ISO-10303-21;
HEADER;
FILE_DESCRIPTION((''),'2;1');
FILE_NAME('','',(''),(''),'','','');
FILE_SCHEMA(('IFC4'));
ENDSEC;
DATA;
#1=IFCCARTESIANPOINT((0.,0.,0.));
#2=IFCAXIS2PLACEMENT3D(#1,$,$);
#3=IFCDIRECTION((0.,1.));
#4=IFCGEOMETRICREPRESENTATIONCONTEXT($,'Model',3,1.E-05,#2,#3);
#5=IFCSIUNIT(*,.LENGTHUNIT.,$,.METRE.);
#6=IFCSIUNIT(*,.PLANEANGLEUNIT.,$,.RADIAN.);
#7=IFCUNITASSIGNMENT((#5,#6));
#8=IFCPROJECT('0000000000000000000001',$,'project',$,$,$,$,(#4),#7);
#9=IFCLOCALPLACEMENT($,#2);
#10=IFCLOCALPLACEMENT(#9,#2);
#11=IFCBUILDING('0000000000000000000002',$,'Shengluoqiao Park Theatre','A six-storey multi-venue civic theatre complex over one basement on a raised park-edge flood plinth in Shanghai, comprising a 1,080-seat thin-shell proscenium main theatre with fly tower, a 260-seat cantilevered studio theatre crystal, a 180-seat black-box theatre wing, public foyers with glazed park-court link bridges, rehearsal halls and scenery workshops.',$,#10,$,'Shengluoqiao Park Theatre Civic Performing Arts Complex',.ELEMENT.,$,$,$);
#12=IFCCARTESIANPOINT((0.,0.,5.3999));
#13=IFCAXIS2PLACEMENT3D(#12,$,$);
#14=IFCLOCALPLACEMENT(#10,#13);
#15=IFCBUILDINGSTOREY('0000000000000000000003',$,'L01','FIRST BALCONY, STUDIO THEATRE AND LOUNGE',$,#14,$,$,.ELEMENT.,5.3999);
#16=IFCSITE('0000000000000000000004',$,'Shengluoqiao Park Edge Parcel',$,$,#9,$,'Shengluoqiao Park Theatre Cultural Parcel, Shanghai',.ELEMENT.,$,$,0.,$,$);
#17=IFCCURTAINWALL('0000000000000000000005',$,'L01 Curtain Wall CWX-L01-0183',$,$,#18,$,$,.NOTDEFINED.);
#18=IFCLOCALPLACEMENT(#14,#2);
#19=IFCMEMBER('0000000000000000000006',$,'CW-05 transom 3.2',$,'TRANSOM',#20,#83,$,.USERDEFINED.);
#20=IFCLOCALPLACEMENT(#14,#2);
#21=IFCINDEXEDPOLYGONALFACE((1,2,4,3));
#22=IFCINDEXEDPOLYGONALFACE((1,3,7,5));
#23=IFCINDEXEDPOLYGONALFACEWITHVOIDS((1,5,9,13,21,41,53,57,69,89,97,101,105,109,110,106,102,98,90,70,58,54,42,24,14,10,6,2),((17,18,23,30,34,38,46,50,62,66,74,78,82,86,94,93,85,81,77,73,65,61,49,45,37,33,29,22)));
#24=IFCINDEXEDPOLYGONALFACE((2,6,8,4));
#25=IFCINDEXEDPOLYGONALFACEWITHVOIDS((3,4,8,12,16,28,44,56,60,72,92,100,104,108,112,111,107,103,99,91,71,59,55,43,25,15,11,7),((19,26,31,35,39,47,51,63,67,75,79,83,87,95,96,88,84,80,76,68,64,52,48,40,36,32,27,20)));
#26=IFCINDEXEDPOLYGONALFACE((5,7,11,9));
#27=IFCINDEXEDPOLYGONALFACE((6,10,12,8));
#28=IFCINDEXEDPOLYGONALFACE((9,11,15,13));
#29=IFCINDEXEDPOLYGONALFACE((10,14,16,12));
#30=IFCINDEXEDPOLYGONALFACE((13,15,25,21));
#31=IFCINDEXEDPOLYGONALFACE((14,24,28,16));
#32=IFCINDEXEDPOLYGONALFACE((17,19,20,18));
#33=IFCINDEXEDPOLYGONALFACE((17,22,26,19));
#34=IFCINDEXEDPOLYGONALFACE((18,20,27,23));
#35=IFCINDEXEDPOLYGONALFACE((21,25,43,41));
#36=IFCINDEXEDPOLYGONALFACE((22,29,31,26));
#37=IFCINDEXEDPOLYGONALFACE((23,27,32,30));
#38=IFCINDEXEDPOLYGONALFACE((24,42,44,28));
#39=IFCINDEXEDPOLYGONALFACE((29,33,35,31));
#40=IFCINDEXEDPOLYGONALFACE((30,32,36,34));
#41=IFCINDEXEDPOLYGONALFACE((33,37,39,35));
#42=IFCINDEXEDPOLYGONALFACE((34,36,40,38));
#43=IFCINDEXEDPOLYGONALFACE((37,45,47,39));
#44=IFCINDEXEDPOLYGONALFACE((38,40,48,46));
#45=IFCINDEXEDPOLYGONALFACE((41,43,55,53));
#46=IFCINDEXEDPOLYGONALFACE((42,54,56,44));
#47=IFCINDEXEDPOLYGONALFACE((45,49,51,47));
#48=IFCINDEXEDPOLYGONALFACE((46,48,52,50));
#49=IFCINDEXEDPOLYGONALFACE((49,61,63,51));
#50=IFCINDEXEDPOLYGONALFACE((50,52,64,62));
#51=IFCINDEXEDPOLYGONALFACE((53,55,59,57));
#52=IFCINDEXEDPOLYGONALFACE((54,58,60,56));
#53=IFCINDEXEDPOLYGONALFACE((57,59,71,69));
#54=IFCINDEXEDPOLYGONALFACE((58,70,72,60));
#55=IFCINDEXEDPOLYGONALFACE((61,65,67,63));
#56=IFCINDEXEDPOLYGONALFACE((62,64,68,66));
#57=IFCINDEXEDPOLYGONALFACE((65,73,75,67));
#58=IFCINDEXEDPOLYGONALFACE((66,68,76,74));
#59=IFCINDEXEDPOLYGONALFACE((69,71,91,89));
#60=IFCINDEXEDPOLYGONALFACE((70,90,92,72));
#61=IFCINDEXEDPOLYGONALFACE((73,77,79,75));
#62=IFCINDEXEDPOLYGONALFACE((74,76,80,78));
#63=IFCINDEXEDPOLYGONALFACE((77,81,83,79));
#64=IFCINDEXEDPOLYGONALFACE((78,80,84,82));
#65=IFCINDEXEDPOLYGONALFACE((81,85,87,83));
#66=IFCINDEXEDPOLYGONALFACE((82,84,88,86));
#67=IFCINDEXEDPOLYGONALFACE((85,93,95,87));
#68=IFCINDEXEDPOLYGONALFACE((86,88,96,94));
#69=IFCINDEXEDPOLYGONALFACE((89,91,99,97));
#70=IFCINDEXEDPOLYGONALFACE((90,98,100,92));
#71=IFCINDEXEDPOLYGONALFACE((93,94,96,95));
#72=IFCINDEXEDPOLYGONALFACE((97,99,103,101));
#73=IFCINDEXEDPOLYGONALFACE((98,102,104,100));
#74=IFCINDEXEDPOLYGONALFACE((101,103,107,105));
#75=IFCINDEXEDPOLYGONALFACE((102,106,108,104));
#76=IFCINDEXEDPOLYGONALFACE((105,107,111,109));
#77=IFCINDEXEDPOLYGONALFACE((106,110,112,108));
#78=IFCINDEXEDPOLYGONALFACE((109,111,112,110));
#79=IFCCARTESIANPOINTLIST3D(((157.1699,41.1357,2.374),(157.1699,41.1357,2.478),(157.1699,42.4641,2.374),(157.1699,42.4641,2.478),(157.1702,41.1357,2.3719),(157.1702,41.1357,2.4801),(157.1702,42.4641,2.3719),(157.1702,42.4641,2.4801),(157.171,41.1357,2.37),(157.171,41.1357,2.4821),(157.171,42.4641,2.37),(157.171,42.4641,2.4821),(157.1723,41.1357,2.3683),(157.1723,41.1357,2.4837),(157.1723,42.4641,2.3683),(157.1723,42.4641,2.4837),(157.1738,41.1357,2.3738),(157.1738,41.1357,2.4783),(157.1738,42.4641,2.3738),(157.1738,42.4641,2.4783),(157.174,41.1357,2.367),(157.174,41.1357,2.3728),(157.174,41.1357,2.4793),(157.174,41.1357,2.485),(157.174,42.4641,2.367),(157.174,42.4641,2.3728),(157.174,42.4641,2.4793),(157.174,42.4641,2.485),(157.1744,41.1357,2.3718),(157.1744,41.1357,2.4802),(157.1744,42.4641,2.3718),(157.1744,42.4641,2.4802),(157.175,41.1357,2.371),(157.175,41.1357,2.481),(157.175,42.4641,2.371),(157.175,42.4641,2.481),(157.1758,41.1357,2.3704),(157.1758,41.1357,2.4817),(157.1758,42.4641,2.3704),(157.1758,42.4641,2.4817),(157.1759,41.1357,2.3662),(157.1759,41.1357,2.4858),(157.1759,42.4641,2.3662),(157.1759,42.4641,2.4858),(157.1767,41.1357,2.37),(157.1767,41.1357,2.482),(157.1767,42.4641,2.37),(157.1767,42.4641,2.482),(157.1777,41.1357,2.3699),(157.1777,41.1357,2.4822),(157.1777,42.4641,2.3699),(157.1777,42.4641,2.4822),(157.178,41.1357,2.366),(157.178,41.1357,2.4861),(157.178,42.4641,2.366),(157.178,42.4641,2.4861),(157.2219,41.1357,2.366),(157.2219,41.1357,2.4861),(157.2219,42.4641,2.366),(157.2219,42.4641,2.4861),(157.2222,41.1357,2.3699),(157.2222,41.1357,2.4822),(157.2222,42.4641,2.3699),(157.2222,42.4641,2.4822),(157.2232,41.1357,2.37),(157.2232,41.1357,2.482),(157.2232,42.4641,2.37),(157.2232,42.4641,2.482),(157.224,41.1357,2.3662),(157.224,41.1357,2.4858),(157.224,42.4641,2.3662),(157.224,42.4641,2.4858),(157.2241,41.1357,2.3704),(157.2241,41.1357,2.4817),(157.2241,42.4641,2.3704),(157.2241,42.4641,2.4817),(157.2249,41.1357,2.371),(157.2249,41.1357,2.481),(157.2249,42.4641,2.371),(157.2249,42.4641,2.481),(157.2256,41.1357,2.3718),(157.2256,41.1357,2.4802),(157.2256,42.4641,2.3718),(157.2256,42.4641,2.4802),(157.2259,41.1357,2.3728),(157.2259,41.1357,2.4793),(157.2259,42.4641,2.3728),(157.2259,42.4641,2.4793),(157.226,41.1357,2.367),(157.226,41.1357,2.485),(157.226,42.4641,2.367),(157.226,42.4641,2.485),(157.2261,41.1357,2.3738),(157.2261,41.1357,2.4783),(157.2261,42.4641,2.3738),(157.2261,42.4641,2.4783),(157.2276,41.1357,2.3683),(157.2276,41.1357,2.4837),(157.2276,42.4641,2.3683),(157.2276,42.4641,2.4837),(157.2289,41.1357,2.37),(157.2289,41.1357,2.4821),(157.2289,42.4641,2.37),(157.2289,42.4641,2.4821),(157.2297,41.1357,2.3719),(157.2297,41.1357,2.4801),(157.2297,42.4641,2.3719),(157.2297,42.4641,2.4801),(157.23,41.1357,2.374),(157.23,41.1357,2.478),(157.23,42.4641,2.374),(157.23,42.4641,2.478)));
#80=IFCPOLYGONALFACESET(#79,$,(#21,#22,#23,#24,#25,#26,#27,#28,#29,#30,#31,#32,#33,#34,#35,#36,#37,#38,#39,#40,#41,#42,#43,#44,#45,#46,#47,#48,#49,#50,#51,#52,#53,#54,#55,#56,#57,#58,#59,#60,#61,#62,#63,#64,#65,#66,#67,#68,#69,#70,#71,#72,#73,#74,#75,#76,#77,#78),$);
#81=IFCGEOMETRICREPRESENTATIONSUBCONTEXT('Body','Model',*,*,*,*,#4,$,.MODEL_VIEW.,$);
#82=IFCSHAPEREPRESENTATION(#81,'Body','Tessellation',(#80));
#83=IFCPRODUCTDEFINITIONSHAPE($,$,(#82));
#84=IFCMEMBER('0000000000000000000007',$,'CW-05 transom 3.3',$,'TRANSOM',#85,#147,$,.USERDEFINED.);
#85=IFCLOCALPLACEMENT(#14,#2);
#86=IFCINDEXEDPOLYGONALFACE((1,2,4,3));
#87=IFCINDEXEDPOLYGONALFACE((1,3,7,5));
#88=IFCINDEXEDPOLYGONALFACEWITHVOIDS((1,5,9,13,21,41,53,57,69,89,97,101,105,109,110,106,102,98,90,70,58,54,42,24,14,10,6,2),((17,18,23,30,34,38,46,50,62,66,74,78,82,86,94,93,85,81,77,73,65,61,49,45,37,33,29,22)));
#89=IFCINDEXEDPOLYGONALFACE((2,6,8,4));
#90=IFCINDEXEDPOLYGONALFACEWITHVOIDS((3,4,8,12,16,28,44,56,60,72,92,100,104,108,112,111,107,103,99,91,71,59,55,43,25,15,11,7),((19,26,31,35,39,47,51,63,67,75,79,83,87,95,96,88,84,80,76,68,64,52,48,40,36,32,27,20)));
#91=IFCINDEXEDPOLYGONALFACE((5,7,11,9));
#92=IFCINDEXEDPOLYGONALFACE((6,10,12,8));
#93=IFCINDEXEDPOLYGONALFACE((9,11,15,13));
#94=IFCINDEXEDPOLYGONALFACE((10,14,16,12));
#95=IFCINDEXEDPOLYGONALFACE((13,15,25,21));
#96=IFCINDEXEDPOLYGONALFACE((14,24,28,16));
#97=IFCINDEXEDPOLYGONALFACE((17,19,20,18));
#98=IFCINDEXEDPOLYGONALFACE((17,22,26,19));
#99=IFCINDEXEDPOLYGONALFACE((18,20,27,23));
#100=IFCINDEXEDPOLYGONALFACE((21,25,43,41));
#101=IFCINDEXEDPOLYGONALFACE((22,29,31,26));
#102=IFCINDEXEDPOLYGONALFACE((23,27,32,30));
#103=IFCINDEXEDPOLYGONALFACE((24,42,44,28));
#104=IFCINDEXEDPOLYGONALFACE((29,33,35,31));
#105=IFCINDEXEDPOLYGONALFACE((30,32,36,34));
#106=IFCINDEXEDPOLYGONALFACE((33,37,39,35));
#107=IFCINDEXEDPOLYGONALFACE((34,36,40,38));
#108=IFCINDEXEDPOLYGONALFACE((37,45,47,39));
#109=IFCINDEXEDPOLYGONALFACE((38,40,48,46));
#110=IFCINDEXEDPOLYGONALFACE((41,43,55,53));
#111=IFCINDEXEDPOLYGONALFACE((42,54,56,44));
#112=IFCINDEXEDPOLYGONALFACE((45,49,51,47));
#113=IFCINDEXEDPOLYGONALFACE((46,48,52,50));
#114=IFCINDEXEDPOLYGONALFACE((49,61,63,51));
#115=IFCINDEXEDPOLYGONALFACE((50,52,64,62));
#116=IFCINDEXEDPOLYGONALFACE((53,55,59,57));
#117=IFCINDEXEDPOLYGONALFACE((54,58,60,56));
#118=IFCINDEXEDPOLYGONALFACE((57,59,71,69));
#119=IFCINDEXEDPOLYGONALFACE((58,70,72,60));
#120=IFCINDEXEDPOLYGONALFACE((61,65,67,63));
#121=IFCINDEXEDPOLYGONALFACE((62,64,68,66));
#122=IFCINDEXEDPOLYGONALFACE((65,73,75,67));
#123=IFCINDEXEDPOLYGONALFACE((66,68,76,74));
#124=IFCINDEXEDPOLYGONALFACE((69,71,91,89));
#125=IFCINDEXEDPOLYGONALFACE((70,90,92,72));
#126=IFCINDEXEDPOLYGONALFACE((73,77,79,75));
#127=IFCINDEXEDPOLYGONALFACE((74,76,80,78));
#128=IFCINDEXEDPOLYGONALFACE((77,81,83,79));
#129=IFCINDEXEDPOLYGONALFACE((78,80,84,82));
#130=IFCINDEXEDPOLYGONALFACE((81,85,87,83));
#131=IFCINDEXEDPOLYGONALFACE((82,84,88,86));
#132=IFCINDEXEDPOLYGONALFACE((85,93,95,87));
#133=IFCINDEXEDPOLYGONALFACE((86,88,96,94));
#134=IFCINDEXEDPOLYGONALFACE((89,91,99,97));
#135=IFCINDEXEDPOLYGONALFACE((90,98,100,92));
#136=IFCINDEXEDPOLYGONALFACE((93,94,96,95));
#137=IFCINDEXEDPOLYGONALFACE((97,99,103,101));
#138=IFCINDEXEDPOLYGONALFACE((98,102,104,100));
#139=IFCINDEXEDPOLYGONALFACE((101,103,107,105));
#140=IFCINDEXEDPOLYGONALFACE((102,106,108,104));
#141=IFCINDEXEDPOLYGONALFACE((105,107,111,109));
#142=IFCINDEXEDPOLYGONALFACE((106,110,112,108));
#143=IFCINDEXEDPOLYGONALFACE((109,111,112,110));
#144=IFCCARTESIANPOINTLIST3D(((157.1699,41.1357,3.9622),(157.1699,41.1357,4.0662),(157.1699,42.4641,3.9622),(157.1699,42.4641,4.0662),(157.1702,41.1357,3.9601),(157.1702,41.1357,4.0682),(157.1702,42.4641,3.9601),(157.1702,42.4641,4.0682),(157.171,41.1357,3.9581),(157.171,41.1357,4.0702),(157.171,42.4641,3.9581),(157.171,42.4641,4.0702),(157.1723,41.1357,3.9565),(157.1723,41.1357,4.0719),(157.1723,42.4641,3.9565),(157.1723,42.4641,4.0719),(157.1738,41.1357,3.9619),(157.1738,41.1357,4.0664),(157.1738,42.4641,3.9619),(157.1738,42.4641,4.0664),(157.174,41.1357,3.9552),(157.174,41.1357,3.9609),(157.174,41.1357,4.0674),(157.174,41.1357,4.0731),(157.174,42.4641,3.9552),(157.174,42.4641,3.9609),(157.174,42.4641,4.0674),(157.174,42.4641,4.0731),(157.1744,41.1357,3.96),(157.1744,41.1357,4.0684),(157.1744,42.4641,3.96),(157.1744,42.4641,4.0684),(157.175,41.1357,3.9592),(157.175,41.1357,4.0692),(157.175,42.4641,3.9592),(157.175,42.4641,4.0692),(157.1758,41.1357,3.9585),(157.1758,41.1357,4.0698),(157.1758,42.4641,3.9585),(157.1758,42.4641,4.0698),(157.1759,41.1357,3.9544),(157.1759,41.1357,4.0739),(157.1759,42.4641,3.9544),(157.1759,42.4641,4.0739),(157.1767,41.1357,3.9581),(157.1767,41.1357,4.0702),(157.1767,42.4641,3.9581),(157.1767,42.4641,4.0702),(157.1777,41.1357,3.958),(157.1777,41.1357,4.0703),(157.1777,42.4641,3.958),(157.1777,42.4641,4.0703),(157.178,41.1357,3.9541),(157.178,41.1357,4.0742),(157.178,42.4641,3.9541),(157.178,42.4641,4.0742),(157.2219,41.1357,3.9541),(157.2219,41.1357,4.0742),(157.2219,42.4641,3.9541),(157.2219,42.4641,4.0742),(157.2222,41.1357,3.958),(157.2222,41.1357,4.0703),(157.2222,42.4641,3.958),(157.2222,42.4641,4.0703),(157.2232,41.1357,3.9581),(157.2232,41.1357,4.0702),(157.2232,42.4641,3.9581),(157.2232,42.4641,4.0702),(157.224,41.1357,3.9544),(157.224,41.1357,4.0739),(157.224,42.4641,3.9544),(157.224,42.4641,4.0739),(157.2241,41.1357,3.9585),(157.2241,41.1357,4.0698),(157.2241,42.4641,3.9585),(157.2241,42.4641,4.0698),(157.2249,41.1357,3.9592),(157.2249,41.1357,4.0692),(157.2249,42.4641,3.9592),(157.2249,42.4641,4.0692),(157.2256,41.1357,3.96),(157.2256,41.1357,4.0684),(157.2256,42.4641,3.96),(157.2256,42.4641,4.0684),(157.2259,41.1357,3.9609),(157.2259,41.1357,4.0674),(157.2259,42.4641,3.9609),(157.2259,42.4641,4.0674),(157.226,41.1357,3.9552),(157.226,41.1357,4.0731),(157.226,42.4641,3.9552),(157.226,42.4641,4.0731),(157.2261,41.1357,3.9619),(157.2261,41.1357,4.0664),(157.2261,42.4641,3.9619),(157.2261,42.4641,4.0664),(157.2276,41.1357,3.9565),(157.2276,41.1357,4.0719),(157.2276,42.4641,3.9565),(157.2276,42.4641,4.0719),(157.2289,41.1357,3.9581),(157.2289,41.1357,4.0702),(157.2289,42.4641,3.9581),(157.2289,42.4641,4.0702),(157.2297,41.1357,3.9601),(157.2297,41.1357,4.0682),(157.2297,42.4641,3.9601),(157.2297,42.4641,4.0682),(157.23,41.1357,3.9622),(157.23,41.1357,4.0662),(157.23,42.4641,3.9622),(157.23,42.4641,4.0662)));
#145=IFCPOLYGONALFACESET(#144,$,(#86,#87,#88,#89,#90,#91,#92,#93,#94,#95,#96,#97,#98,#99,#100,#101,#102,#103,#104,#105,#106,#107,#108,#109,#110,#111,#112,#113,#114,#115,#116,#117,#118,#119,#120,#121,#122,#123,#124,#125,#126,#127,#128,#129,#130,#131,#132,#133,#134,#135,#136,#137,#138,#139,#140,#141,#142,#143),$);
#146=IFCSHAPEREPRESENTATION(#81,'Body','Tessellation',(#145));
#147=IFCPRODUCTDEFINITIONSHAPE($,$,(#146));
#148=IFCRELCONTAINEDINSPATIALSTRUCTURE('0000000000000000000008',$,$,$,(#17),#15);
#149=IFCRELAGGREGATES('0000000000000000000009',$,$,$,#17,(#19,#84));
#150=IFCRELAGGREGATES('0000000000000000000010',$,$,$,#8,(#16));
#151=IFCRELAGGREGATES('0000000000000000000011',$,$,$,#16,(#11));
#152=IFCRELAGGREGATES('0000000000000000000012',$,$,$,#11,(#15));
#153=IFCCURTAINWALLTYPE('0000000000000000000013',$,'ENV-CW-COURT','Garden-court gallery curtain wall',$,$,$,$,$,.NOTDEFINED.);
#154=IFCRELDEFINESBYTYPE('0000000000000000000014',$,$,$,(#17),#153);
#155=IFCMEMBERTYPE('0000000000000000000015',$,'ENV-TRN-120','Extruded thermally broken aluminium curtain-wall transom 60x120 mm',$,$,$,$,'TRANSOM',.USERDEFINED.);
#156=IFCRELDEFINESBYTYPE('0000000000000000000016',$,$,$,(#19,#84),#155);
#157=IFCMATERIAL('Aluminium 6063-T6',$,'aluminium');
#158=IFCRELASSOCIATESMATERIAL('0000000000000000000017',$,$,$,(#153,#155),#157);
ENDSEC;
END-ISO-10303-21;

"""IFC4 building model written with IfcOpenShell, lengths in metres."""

from ifc_helpers import new_model, si_unit, direction, frame, origin, origin_2d, place, context, subcontext, project, spatial, hollow_rectangle, extrude, material, material_profile, profile_set, type_object, element, aggregate, save


model = new_model("IFC4")

# Units and contexts
model_context = context("Model", 3, precision=1e-05, world=origin(), true_north=direction((0.0, 1.0)))
body_context = subcontext(model_context, "Body", "Model", "MODEL_VIEW")
ifc_project = project(units=[si_unit("LENGTHUNIT", "METRE"), si_unit("PLANEANGLEUNIT", "RADIAN")], contexts=[model_context])

# Site, building, storey
site_placement = place(None, origin())
site = spatial("IfcSite", under=ifc_project, at=site_placement, Name="Shengluoqiao Park Edge Parcel", LongName="Shengluoqiao Park Theatre Cultural Parcel, Shanghai", CompositionType="ELEMENT", RefElevation=0.0)
building_placement = place(site_placement, origin())
building = spatial("IfcBuilding", under=site, at=building_placement, Name="Shengluoqiao Park Theatre", Description="A six-storey multi-venue civic theatre complex over one basement on a raised park-edge flood plinth in Shanghai, comprising a 1,080-seat thin-shell proscenium main theatre with fly tower, a 260-seat cantilevered studio theatre crystal, a 180-seat black-box theatre wing, public foyers with glazed park-court link bridges, rehearsal halls and scenery workshops.", LongName="Shengluoqiao Park Theatre Civic Performing Arts Complex", CompositionType="ELEMENT")
storey_placement = place(building_placement, frame((0.0, 0.0, 5.3999)))
storey = spatial("IfcBuildingStorey", under=building, at=storey_placement, Name="L01", Description="FIRST BALCONY, STUDIO THEATRE AND LOUNGE", CompositionType="ELEMENT", Elevation=5.3999)

# Curtain wall
ifc_material_1 = material(Name="Aluminium 6063-T6", Category="aluminium")
curtain_wall_type = type_object("IfcCurtainWallType", Name="ENV-CW-COURT", Description="Garden-court gallery curtain wall", PredefinedType="NOTDEFINED", material=ifc_material_1)
curtain_wall_1_placement = place(storey_placement, origin())
curtain_wall_1 = element("IfcCurtainWall", 1, at=curtain_wall_1_placement, inside=storey, type_object=curtain_wall_type, Name="L01 Curtain Wall CWX-L01-0183", PredefinedType="NOTDEFINED")

# Members
ifc_material_profile_1 = material_profile(ifc_material_1, hollow_rectangle(XDim=0.0601, YDim=0.1201, WallThickness=0.0039, InnerFilletRadius=0.0039, OuterFilletRadius=0.0081, at=origin_2d()), Name="ALU TRANSOM 120x60x4")
ifc_profile_set_1 = profile_set([ifc_material_profile_1], Name="Aluminium 6063-T6")
member_type_1 = type_object("IfcMemberType", Name="ENV-TRN-120", Description="Extruded thermally broken aluminium curtain-wall transom 60x120 mm", ElementType="TRANSOM", PredefinedType="USERDEFINED", material=ifc_profile_set_1)
member_1_placement = place(storey_placement, frame((157.2, 41.1357, 2.426), z_axis=(0.0, 1.0, 0.0), x_axis=(-1.0, 0.0, 0.0)))
member_1 = element("IfcMember", 2, at=member_1_placement, type_object=member_type_1, Name="CW-05 transom 3.2", ObjectType="TRANSOM", PredefinedType="USERDEFINED", context=body_context, shape_type="SweptSolid", body=[
    extrude(hollow_rectangle(XDim=0.0601, YDim=0.1201, WallThickness=0.0039, InnerFilletRadius=0.0039, OuterFilletRadius=0.0081, at=origin_2d()), origin(), (0.0, 0.0, 1.0), 1.3284),
])
member_2_placement = place(storey_placement, frame((157.2, 41.1357, 4.0142), z_axis=(0.0, 1.0, 0.0), x_axis=(-1.0, 0.0, 0.0)))
member_2 = element("IfcMember", 3, at=member_2_placement, type_object=member_type_1, Name="CW-05 transom 3.3", ObjectType="TRANSOM", PredefinedType="USERDEFINED", context=body_context, shape_type="SweptSolid", body=[
    extrude(hollow_rectangle(XDim=0.0601, YDim=0.1201, WallThickness=0.0039, InnerFilletRadius=0.0039, OuterFilletRadius=0.0081, at=origin_2d()), origin(), (0.0, 0.0, 1.0), 1.3284),
])

aggregate(curtain_wall_1, [member_1, member_2])

save(model, "model.ifc")
